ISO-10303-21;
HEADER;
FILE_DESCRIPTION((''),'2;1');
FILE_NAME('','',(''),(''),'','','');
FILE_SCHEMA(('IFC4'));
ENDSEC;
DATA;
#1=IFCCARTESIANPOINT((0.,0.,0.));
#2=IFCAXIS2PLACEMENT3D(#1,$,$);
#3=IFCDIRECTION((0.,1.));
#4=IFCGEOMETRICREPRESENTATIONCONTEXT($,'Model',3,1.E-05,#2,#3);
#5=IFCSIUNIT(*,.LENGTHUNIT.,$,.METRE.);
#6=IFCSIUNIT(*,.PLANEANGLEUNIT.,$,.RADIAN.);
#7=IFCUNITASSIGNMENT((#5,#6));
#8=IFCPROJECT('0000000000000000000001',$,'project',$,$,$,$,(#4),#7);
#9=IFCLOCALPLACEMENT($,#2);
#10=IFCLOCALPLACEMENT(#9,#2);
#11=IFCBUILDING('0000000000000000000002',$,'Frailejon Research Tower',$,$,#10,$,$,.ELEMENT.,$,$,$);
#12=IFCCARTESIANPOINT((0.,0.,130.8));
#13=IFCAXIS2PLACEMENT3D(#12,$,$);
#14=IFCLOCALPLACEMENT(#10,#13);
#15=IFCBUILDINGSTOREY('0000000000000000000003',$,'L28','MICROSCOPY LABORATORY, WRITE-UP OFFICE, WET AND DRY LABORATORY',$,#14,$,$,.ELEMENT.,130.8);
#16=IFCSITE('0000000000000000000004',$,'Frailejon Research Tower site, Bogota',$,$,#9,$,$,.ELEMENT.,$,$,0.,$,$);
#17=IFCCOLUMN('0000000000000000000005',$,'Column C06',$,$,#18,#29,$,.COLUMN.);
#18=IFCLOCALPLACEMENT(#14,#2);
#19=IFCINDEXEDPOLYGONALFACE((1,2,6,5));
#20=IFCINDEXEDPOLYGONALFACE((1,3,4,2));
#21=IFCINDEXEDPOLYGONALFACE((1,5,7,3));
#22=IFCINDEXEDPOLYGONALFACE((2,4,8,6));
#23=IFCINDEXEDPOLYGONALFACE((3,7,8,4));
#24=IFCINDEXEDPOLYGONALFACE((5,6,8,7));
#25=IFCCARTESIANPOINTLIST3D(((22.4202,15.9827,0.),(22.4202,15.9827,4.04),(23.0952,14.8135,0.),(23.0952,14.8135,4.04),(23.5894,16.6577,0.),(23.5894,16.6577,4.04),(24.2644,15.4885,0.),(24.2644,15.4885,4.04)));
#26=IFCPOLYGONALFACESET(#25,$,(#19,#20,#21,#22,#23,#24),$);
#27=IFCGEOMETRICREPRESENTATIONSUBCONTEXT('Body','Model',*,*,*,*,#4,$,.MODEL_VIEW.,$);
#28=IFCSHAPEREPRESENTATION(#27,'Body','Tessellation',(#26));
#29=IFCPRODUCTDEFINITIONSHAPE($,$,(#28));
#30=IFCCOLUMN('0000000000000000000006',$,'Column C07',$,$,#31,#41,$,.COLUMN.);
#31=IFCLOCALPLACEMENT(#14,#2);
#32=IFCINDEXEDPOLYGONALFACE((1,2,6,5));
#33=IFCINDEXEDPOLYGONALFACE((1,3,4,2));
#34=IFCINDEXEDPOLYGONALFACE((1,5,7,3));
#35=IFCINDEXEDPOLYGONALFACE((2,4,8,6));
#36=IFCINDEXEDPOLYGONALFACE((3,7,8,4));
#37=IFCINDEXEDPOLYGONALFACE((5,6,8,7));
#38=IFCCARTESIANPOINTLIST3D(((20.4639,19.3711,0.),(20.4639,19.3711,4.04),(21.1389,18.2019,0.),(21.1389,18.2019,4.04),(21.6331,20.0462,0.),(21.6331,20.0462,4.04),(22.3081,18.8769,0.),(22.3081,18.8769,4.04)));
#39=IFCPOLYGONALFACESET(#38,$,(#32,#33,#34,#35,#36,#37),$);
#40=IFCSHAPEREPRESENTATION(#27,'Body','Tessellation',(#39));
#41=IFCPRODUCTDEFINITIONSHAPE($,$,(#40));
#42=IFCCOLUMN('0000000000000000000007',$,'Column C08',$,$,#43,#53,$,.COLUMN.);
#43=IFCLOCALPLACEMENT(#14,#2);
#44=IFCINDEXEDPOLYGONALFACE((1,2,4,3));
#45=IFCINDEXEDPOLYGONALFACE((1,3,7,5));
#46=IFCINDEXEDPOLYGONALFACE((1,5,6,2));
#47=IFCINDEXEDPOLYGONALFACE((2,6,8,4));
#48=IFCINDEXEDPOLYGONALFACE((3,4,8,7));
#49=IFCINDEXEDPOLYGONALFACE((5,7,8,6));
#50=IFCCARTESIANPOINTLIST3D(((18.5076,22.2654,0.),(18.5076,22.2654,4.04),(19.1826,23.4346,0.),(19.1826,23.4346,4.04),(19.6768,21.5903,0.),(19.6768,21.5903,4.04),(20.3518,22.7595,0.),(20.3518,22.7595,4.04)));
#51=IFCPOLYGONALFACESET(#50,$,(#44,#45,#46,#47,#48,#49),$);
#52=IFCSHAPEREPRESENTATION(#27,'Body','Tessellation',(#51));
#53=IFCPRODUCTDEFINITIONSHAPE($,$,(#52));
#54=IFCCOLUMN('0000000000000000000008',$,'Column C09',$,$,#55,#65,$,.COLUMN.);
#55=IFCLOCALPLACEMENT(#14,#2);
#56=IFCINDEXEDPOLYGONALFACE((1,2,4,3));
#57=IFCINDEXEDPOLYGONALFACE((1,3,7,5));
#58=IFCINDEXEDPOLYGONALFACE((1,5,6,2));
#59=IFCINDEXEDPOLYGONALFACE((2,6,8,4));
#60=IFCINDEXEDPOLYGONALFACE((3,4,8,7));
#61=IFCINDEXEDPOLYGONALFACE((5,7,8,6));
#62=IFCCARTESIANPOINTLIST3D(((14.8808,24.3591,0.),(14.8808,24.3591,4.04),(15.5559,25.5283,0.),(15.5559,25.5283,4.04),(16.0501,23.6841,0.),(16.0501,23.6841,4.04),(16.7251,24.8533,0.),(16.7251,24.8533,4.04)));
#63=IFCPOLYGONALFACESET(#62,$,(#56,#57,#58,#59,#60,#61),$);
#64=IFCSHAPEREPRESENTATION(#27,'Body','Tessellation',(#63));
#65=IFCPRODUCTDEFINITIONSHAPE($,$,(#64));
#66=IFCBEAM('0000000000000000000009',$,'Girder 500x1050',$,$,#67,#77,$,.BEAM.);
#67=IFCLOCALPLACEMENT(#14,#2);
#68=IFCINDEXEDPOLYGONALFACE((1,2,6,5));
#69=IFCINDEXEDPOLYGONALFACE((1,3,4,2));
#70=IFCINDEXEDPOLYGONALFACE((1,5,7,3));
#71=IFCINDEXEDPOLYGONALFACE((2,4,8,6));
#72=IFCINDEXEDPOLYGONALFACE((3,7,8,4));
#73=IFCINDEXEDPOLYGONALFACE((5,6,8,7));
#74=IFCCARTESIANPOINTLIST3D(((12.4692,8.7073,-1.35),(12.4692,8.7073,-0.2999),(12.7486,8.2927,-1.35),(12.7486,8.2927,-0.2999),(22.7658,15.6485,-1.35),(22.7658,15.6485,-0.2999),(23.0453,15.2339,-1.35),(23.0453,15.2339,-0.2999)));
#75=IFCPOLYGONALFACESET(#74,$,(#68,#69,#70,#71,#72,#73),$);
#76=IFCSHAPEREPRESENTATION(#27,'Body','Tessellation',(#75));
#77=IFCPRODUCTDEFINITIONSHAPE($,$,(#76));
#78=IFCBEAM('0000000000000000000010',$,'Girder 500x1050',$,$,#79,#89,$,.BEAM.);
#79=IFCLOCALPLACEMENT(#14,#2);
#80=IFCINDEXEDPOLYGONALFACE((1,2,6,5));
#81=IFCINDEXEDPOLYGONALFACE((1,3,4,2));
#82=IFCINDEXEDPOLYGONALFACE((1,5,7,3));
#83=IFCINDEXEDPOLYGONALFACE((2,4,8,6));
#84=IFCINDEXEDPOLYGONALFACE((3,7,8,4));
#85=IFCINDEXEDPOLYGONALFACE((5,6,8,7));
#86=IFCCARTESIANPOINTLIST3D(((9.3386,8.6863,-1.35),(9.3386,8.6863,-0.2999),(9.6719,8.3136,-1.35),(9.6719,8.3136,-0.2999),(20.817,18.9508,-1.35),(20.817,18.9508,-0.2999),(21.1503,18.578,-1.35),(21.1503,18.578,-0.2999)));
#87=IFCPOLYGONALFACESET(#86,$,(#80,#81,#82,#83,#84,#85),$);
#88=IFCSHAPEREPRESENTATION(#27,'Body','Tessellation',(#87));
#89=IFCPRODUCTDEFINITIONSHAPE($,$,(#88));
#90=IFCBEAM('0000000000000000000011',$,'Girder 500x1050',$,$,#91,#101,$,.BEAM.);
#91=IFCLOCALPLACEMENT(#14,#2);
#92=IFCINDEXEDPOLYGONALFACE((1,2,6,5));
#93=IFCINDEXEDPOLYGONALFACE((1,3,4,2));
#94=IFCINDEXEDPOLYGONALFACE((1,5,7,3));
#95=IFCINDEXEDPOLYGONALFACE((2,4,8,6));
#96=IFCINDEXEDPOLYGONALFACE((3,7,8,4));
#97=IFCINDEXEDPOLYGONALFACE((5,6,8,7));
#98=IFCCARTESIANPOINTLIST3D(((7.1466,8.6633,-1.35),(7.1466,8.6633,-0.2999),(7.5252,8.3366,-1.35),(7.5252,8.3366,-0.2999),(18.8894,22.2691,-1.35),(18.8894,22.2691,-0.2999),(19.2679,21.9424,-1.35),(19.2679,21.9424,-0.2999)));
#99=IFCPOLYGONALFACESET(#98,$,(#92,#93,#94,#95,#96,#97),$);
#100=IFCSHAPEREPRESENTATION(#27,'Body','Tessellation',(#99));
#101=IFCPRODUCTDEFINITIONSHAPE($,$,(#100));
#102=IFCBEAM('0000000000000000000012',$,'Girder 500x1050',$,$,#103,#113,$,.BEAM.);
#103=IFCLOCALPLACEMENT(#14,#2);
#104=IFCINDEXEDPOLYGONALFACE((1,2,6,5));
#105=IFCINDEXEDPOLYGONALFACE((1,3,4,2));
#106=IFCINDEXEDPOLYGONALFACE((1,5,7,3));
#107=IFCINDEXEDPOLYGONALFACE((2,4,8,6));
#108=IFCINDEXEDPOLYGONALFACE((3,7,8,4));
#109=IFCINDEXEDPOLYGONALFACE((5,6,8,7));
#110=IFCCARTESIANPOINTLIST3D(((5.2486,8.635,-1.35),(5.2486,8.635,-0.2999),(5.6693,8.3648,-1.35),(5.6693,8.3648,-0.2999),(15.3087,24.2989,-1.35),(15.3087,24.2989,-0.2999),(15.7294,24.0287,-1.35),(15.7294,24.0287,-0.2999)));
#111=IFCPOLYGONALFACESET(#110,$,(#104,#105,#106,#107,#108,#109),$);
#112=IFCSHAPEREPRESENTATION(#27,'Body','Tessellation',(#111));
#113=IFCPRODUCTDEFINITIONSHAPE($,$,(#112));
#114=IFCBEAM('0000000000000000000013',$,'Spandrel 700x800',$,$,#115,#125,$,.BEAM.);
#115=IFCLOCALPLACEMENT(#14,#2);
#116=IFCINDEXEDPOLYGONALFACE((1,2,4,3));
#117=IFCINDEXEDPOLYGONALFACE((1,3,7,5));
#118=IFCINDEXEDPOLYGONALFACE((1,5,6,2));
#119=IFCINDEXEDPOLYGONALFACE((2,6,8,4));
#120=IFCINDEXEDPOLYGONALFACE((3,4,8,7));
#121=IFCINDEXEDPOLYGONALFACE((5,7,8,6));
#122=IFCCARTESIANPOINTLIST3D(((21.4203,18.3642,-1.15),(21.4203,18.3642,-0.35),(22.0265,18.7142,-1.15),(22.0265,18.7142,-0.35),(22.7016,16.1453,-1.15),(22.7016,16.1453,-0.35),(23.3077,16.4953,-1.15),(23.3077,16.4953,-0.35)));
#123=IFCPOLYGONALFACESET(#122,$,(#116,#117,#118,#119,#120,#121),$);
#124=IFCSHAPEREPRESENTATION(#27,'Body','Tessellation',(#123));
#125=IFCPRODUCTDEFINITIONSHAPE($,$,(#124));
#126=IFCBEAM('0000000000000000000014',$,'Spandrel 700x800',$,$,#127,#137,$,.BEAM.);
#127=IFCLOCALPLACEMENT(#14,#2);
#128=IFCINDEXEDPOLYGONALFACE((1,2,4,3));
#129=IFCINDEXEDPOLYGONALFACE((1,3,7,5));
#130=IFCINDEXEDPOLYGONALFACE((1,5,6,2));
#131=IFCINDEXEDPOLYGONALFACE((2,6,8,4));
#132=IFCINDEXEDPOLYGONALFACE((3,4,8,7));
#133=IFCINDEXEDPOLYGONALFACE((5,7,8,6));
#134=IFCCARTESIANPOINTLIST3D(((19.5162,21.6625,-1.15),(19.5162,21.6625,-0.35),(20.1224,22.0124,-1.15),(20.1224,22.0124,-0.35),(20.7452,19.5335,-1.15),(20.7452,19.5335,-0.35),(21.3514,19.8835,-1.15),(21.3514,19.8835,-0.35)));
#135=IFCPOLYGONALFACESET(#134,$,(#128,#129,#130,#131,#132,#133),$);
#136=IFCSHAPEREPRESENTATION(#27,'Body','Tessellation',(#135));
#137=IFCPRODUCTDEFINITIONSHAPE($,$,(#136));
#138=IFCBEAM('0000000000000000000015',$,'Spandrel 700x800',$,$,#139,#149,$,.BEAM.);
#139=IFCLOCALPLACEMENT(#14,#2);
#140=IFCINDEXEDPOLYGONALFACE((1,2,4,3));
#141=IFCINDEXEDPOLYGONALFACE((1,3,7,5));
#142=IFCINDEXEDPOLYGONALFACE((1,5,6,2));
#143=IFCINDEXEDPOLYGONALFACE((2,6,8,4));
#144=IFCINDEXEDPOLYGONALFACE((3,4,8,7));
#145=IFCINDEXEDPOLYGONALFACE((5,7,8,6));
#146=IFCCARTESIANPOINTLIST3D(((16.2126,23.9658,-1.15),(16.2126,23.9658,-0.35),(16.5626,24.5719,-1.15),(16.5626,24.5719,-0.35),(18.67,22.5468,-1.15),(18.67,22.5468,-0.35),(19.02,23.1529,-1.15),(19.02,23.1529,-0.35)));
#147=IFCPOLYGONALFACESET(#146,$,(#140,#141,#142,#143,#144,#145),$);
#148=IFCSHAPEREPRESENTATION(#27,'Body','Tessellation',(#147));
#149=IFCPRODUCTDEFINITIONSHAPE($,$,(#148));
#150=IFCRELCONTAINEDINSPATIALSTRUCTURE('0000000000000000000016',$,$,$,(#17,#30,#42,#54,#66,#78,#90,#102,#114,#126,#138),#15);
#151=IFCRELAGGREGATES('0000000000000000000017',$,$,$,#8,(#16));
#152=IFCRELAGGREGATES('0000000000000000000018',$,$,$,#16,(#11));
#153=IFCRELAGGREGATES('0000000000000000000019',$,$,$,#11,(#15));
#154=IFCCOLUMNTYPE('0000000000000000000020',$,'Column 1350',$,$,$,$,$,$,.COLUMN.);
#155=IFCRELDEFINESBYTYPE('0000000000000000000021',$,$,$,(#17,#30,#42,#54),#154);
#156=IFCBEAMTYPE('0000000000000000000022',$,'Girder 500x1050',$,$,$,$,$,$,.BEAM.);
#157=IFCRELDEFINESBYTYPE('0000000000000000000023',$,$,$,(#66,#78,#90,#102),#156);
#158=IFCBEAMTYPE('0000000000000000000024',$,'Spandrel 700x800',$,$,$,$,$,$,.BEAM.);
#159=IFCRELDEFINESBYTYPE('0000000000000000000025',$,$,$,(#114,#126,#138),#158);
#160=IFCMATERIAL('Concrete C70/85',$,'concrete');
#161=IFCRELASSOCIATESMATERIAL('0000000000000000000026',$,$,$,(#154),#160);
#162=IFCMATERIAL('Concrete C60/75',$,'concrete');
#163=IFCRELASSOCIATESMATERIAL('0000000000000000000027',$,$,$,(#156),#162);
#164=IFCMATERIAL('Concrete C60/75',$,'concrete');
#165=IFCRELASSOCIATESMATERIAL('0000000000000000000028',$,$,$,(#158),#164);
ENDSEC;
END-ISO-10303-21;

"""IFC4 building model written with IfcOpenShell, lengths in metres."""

from ifc_helpers import new_model, si_unit, direction, frame, origin, origin_2d, place, context, subcontext, project, spatial, rectangle, extrude, material, material_profile, profile_set, type_object, element, save


model = new_model("IFC4")

# Units and contexts
model_context = context("Model", 3, precision=1e-05, world=origin(), true_north=direction((0.0, 1.0)))
body_context = subcontext(model_context, "Body", "Model", "MODEL_VIEW")
ifc_project = project(units=[si_unit("LENGTHUNIT", "METRE"), si_unit("PLANEANGLEUNIT", "RADIAN")], contexts=[model_context])

# Site, building, storey
site_placement = place(None, origin())
site = spatial("IfcSite", under=ifc_project, at=site_placement, Name="Frailejon Research Tower site, Bogota", CompositionType="ELEMENT", RefElevation=0.0)
building_placement = place(site_placement, origin())
building = spatial("IfcBuilding", under=site, at=building_placement, Name="Frailejon Research Tower", CompositionType="ELEMENT")
storey_placement = place(building_placement, frame((0.0, 0.0, 130.8)))
storey = spatial("IfcBuildingStorey", under=building, at=storey_placement, Name="L28", Description="MICROSCOPY LABORATORY, WRITE-UP OFFICE, WET AND DRY LABORATORY", CompositionType="ELEMENT", Elevation=130.8)

# Columns
ifc_material_1 = material(Name="Concrete C70/85", Category="concrete")
ifc_material_profile_1 = material_profile(ifc_material_1, rectangle(XDim=1.3501, YDim=1.3501, at=origin_2d()), Name="Column 1350")
ifc_profile_set_1 = profile_set([ifc_material_profile_1], Name="Concrete C70/85")
column_type = type_object("IfcColumnType", Name="Column 1350", PredefinedType="COLUMN", material=ifc_profile_set_1)
for number, where, z_axis, x_axis, name in (
    (1, (23.3423, 15.7356, 0.0), (0.0, 0.0, 1.0), (-0.5, 0.866025, 0.0), "Column C06"),
    (2, (21.386, 19.124, 0.0), (0.0, 0.0, 1.0), (-0.5, 0.866025, 0.0), "Column C07"),
    (3, (19.4297, 22.5125, 0.0), (0.0, 0.0, 1.0), (-0.866025, 0.5, 0.0), "Column C08"),
    (4, (15.803, 24.6062, 0.0), (0.0, 0.0, 1.0), (-0.866025, 0.5, 0.0), "Column C09"),
):
    element("IfcColumn", number, at=place(storey_placement, frame(where, z_axis=z_axis, x_axis=x_axis)), inside=storey, type_object=column_type, Name=name, PredefinedType="COLUMN", context=body_context, shape_type="SweptSolid", body=[
        extrude(rectangle(XDim=1.3501, YDim=1.3501, at=origin_2d()), origin(), (0.0, 0.0, 1.0), 4.04),
    ])

# Beams
ifc_material_2 = material(Name="Concrete C60/75", Category="concrete")
ifc_material_profile_2 = material_profile(ifc_material_2, rectangle(XDim=0.5, YDim=1.05, at=origin_2d()), Name="Girder 500x1050")
ifc_profile_set_2 = profile_set([ifc_material_profile_2], Name="Concrete C60/75")
beam_type_1 = type_object("IfcBeamType", Name="Girder 500x1050", PredefinedType="BEAM", material=ifc_profile_set_2)
beam_1_placement = place(storey_placement, frame((22.9055, 15.4412, -0.825), z_axis=(-0.829187, -0.558971, 0.0), x_axis=(0.558971, -0.829187, 0.0)))
element("IfcBeam", 5, at=beam_1_placement, inside=storey, type_object=beam_type_1, Name="Girder 500x1050", PredefinedType="BEAM", context=body_context, shape_type="SweptSolid", body=[
    extrude(rectangle(XDim=0.5, YDim=1.05, at=origin_2d()), origin(), (0.0, 0.0, 1.0), 12.4177),
])
beam_2_placement = place(storey_placement, frame((20.9836, 18.7644, -0.825), z_axis=(-0.745423, -0.666592, 0.0), x_axis=(0.666592, -0.745423, 0.0)))
element("IfcBeam", 6, at=beam_2_placement, inside=storey, type_object=beam_type_1, Name="Girder 500x1050", PredefinedType="BEAM", context=body_context, shape_type="SweptSolid", body=[
    extrude(rectangle(XDim=0.5, YDim=1.05, at=origin_2d()), origin(), (0.0, 0.0, 1.0), 15.3984),
])
beam_3_placement = place(storey_placement, frame((19.0786, 22.1057, -0.825), z_axis=(-0.653374, -0.757035, 0.0), x_axis=(0.757035, -0.653374, 0.0)))
element("IfcBeam", 7, at=beam_3_placement, inside=storey, type_object=beam_type_1, Name="Girder 500x1050", PredefinedType="BEAM", context=body_context, shape_type="SweptSolid", body=[
    extrude(rectangle(XDim=0.5, YDim=1.05, at=origin_2d()), origin(), (0.0, 0.0, 1.0), 17.9724),
])
beam_4_placement = place(storey_placement, frame((15.519, 24.1638, -0.825), z_axis=(-0.540395, -0.841411, 0.0), x_axis=(0.841411, -0.540395, 0.0)))
element("IfcBeam", 8, at=beam_4_placement, inside=storey, type_object=beam_type_1, Name="Girder 500x1050", PredefinedType="BEAM", context=body_context, shape_type="SweptSolid", body=[
    extrude(rectangle(XDim=0.5, YDim=1.05, at=origin_2d()), origin(), (0.0, 0.0, 1.0), 18.6162),
])
ifc_material_3 = material(Name="Concrete C60/75", Category="concrete")
ifc_material_profile_3 = material_profile(ifc_material_3, rectangle(XDim=0.7, YDim=0.8, at=origin_2d()), Name="Spandrel 700x800")
ifc_profile_set_3 = profile_set([ifc_material_profile_3], Name="Concrete C60/75")
beam_type_2 = type_object("IfcBeamType", Name="Spandrel 700x800", PredefinedType="BEAM", material=ifc_profile_set_3)
beam_5_placement = place(storey_placement, frame((23.0046, 16.3203, -0.75), z_axis=(-0.500033, 0.866006, 0.0), x_axis=(-0.866006, -0.500033, 0.0)))
element("IfcBeam", 9, at=beam_5_placement, inside=storey, type_object=beam_type_2, Name="Spandrel 700x800", PredefinedType="BEAM", context=body_context, shape_type="SweptSolid", body=[
    extrude(rectangle(XDim=0.7, YDim=0.8, at=origin_2d()), origin(), (0.0, 0.0, 1.0), 2.5623),
])
beam_6_placement = place(storey_placement, frame((21.0483, 19.7085, -0.75), z_axis=(-0.499963, 0.866047, 0.0), x_axis=(-0.866047, -0.499963, 0.0)))
element("IfcBeam", 10, at=beam_6_placement, inside=storey, type_object=beam_type_2, Name="Spandrel 700x800", PredefinedType="BEAM", context=body_context, shape_type="SweptSolid", body=[
    extrude(rectangle(XDim=0.7, YDim=0.8, at=origin_2d()), origin(), (0.0, 0.0, 1.0), 2.4583),
])
beam_7_placement = place(storey_placement, frame((18.845, 22.8499, -0.75), z_axis=(-0.865989, 0.500063, 0.0), x_axis=(-0.500063, -0.865989, 0.0)))
element("IfcBeam", 11, at=beam_7_placement, inside=storey, type_object=beam_type_2, Name="Spandrel 700x800", PredefinedType="BEAM", context=body_context, shape_type="SweptSolid", body=[
    extrude(rectangle(XDim=0.7, YDim=0.8, at=origin_2d()), origin(), (0.0, 0.0, 1.0), 2.8376),
])

save(model, "model.ifc")
